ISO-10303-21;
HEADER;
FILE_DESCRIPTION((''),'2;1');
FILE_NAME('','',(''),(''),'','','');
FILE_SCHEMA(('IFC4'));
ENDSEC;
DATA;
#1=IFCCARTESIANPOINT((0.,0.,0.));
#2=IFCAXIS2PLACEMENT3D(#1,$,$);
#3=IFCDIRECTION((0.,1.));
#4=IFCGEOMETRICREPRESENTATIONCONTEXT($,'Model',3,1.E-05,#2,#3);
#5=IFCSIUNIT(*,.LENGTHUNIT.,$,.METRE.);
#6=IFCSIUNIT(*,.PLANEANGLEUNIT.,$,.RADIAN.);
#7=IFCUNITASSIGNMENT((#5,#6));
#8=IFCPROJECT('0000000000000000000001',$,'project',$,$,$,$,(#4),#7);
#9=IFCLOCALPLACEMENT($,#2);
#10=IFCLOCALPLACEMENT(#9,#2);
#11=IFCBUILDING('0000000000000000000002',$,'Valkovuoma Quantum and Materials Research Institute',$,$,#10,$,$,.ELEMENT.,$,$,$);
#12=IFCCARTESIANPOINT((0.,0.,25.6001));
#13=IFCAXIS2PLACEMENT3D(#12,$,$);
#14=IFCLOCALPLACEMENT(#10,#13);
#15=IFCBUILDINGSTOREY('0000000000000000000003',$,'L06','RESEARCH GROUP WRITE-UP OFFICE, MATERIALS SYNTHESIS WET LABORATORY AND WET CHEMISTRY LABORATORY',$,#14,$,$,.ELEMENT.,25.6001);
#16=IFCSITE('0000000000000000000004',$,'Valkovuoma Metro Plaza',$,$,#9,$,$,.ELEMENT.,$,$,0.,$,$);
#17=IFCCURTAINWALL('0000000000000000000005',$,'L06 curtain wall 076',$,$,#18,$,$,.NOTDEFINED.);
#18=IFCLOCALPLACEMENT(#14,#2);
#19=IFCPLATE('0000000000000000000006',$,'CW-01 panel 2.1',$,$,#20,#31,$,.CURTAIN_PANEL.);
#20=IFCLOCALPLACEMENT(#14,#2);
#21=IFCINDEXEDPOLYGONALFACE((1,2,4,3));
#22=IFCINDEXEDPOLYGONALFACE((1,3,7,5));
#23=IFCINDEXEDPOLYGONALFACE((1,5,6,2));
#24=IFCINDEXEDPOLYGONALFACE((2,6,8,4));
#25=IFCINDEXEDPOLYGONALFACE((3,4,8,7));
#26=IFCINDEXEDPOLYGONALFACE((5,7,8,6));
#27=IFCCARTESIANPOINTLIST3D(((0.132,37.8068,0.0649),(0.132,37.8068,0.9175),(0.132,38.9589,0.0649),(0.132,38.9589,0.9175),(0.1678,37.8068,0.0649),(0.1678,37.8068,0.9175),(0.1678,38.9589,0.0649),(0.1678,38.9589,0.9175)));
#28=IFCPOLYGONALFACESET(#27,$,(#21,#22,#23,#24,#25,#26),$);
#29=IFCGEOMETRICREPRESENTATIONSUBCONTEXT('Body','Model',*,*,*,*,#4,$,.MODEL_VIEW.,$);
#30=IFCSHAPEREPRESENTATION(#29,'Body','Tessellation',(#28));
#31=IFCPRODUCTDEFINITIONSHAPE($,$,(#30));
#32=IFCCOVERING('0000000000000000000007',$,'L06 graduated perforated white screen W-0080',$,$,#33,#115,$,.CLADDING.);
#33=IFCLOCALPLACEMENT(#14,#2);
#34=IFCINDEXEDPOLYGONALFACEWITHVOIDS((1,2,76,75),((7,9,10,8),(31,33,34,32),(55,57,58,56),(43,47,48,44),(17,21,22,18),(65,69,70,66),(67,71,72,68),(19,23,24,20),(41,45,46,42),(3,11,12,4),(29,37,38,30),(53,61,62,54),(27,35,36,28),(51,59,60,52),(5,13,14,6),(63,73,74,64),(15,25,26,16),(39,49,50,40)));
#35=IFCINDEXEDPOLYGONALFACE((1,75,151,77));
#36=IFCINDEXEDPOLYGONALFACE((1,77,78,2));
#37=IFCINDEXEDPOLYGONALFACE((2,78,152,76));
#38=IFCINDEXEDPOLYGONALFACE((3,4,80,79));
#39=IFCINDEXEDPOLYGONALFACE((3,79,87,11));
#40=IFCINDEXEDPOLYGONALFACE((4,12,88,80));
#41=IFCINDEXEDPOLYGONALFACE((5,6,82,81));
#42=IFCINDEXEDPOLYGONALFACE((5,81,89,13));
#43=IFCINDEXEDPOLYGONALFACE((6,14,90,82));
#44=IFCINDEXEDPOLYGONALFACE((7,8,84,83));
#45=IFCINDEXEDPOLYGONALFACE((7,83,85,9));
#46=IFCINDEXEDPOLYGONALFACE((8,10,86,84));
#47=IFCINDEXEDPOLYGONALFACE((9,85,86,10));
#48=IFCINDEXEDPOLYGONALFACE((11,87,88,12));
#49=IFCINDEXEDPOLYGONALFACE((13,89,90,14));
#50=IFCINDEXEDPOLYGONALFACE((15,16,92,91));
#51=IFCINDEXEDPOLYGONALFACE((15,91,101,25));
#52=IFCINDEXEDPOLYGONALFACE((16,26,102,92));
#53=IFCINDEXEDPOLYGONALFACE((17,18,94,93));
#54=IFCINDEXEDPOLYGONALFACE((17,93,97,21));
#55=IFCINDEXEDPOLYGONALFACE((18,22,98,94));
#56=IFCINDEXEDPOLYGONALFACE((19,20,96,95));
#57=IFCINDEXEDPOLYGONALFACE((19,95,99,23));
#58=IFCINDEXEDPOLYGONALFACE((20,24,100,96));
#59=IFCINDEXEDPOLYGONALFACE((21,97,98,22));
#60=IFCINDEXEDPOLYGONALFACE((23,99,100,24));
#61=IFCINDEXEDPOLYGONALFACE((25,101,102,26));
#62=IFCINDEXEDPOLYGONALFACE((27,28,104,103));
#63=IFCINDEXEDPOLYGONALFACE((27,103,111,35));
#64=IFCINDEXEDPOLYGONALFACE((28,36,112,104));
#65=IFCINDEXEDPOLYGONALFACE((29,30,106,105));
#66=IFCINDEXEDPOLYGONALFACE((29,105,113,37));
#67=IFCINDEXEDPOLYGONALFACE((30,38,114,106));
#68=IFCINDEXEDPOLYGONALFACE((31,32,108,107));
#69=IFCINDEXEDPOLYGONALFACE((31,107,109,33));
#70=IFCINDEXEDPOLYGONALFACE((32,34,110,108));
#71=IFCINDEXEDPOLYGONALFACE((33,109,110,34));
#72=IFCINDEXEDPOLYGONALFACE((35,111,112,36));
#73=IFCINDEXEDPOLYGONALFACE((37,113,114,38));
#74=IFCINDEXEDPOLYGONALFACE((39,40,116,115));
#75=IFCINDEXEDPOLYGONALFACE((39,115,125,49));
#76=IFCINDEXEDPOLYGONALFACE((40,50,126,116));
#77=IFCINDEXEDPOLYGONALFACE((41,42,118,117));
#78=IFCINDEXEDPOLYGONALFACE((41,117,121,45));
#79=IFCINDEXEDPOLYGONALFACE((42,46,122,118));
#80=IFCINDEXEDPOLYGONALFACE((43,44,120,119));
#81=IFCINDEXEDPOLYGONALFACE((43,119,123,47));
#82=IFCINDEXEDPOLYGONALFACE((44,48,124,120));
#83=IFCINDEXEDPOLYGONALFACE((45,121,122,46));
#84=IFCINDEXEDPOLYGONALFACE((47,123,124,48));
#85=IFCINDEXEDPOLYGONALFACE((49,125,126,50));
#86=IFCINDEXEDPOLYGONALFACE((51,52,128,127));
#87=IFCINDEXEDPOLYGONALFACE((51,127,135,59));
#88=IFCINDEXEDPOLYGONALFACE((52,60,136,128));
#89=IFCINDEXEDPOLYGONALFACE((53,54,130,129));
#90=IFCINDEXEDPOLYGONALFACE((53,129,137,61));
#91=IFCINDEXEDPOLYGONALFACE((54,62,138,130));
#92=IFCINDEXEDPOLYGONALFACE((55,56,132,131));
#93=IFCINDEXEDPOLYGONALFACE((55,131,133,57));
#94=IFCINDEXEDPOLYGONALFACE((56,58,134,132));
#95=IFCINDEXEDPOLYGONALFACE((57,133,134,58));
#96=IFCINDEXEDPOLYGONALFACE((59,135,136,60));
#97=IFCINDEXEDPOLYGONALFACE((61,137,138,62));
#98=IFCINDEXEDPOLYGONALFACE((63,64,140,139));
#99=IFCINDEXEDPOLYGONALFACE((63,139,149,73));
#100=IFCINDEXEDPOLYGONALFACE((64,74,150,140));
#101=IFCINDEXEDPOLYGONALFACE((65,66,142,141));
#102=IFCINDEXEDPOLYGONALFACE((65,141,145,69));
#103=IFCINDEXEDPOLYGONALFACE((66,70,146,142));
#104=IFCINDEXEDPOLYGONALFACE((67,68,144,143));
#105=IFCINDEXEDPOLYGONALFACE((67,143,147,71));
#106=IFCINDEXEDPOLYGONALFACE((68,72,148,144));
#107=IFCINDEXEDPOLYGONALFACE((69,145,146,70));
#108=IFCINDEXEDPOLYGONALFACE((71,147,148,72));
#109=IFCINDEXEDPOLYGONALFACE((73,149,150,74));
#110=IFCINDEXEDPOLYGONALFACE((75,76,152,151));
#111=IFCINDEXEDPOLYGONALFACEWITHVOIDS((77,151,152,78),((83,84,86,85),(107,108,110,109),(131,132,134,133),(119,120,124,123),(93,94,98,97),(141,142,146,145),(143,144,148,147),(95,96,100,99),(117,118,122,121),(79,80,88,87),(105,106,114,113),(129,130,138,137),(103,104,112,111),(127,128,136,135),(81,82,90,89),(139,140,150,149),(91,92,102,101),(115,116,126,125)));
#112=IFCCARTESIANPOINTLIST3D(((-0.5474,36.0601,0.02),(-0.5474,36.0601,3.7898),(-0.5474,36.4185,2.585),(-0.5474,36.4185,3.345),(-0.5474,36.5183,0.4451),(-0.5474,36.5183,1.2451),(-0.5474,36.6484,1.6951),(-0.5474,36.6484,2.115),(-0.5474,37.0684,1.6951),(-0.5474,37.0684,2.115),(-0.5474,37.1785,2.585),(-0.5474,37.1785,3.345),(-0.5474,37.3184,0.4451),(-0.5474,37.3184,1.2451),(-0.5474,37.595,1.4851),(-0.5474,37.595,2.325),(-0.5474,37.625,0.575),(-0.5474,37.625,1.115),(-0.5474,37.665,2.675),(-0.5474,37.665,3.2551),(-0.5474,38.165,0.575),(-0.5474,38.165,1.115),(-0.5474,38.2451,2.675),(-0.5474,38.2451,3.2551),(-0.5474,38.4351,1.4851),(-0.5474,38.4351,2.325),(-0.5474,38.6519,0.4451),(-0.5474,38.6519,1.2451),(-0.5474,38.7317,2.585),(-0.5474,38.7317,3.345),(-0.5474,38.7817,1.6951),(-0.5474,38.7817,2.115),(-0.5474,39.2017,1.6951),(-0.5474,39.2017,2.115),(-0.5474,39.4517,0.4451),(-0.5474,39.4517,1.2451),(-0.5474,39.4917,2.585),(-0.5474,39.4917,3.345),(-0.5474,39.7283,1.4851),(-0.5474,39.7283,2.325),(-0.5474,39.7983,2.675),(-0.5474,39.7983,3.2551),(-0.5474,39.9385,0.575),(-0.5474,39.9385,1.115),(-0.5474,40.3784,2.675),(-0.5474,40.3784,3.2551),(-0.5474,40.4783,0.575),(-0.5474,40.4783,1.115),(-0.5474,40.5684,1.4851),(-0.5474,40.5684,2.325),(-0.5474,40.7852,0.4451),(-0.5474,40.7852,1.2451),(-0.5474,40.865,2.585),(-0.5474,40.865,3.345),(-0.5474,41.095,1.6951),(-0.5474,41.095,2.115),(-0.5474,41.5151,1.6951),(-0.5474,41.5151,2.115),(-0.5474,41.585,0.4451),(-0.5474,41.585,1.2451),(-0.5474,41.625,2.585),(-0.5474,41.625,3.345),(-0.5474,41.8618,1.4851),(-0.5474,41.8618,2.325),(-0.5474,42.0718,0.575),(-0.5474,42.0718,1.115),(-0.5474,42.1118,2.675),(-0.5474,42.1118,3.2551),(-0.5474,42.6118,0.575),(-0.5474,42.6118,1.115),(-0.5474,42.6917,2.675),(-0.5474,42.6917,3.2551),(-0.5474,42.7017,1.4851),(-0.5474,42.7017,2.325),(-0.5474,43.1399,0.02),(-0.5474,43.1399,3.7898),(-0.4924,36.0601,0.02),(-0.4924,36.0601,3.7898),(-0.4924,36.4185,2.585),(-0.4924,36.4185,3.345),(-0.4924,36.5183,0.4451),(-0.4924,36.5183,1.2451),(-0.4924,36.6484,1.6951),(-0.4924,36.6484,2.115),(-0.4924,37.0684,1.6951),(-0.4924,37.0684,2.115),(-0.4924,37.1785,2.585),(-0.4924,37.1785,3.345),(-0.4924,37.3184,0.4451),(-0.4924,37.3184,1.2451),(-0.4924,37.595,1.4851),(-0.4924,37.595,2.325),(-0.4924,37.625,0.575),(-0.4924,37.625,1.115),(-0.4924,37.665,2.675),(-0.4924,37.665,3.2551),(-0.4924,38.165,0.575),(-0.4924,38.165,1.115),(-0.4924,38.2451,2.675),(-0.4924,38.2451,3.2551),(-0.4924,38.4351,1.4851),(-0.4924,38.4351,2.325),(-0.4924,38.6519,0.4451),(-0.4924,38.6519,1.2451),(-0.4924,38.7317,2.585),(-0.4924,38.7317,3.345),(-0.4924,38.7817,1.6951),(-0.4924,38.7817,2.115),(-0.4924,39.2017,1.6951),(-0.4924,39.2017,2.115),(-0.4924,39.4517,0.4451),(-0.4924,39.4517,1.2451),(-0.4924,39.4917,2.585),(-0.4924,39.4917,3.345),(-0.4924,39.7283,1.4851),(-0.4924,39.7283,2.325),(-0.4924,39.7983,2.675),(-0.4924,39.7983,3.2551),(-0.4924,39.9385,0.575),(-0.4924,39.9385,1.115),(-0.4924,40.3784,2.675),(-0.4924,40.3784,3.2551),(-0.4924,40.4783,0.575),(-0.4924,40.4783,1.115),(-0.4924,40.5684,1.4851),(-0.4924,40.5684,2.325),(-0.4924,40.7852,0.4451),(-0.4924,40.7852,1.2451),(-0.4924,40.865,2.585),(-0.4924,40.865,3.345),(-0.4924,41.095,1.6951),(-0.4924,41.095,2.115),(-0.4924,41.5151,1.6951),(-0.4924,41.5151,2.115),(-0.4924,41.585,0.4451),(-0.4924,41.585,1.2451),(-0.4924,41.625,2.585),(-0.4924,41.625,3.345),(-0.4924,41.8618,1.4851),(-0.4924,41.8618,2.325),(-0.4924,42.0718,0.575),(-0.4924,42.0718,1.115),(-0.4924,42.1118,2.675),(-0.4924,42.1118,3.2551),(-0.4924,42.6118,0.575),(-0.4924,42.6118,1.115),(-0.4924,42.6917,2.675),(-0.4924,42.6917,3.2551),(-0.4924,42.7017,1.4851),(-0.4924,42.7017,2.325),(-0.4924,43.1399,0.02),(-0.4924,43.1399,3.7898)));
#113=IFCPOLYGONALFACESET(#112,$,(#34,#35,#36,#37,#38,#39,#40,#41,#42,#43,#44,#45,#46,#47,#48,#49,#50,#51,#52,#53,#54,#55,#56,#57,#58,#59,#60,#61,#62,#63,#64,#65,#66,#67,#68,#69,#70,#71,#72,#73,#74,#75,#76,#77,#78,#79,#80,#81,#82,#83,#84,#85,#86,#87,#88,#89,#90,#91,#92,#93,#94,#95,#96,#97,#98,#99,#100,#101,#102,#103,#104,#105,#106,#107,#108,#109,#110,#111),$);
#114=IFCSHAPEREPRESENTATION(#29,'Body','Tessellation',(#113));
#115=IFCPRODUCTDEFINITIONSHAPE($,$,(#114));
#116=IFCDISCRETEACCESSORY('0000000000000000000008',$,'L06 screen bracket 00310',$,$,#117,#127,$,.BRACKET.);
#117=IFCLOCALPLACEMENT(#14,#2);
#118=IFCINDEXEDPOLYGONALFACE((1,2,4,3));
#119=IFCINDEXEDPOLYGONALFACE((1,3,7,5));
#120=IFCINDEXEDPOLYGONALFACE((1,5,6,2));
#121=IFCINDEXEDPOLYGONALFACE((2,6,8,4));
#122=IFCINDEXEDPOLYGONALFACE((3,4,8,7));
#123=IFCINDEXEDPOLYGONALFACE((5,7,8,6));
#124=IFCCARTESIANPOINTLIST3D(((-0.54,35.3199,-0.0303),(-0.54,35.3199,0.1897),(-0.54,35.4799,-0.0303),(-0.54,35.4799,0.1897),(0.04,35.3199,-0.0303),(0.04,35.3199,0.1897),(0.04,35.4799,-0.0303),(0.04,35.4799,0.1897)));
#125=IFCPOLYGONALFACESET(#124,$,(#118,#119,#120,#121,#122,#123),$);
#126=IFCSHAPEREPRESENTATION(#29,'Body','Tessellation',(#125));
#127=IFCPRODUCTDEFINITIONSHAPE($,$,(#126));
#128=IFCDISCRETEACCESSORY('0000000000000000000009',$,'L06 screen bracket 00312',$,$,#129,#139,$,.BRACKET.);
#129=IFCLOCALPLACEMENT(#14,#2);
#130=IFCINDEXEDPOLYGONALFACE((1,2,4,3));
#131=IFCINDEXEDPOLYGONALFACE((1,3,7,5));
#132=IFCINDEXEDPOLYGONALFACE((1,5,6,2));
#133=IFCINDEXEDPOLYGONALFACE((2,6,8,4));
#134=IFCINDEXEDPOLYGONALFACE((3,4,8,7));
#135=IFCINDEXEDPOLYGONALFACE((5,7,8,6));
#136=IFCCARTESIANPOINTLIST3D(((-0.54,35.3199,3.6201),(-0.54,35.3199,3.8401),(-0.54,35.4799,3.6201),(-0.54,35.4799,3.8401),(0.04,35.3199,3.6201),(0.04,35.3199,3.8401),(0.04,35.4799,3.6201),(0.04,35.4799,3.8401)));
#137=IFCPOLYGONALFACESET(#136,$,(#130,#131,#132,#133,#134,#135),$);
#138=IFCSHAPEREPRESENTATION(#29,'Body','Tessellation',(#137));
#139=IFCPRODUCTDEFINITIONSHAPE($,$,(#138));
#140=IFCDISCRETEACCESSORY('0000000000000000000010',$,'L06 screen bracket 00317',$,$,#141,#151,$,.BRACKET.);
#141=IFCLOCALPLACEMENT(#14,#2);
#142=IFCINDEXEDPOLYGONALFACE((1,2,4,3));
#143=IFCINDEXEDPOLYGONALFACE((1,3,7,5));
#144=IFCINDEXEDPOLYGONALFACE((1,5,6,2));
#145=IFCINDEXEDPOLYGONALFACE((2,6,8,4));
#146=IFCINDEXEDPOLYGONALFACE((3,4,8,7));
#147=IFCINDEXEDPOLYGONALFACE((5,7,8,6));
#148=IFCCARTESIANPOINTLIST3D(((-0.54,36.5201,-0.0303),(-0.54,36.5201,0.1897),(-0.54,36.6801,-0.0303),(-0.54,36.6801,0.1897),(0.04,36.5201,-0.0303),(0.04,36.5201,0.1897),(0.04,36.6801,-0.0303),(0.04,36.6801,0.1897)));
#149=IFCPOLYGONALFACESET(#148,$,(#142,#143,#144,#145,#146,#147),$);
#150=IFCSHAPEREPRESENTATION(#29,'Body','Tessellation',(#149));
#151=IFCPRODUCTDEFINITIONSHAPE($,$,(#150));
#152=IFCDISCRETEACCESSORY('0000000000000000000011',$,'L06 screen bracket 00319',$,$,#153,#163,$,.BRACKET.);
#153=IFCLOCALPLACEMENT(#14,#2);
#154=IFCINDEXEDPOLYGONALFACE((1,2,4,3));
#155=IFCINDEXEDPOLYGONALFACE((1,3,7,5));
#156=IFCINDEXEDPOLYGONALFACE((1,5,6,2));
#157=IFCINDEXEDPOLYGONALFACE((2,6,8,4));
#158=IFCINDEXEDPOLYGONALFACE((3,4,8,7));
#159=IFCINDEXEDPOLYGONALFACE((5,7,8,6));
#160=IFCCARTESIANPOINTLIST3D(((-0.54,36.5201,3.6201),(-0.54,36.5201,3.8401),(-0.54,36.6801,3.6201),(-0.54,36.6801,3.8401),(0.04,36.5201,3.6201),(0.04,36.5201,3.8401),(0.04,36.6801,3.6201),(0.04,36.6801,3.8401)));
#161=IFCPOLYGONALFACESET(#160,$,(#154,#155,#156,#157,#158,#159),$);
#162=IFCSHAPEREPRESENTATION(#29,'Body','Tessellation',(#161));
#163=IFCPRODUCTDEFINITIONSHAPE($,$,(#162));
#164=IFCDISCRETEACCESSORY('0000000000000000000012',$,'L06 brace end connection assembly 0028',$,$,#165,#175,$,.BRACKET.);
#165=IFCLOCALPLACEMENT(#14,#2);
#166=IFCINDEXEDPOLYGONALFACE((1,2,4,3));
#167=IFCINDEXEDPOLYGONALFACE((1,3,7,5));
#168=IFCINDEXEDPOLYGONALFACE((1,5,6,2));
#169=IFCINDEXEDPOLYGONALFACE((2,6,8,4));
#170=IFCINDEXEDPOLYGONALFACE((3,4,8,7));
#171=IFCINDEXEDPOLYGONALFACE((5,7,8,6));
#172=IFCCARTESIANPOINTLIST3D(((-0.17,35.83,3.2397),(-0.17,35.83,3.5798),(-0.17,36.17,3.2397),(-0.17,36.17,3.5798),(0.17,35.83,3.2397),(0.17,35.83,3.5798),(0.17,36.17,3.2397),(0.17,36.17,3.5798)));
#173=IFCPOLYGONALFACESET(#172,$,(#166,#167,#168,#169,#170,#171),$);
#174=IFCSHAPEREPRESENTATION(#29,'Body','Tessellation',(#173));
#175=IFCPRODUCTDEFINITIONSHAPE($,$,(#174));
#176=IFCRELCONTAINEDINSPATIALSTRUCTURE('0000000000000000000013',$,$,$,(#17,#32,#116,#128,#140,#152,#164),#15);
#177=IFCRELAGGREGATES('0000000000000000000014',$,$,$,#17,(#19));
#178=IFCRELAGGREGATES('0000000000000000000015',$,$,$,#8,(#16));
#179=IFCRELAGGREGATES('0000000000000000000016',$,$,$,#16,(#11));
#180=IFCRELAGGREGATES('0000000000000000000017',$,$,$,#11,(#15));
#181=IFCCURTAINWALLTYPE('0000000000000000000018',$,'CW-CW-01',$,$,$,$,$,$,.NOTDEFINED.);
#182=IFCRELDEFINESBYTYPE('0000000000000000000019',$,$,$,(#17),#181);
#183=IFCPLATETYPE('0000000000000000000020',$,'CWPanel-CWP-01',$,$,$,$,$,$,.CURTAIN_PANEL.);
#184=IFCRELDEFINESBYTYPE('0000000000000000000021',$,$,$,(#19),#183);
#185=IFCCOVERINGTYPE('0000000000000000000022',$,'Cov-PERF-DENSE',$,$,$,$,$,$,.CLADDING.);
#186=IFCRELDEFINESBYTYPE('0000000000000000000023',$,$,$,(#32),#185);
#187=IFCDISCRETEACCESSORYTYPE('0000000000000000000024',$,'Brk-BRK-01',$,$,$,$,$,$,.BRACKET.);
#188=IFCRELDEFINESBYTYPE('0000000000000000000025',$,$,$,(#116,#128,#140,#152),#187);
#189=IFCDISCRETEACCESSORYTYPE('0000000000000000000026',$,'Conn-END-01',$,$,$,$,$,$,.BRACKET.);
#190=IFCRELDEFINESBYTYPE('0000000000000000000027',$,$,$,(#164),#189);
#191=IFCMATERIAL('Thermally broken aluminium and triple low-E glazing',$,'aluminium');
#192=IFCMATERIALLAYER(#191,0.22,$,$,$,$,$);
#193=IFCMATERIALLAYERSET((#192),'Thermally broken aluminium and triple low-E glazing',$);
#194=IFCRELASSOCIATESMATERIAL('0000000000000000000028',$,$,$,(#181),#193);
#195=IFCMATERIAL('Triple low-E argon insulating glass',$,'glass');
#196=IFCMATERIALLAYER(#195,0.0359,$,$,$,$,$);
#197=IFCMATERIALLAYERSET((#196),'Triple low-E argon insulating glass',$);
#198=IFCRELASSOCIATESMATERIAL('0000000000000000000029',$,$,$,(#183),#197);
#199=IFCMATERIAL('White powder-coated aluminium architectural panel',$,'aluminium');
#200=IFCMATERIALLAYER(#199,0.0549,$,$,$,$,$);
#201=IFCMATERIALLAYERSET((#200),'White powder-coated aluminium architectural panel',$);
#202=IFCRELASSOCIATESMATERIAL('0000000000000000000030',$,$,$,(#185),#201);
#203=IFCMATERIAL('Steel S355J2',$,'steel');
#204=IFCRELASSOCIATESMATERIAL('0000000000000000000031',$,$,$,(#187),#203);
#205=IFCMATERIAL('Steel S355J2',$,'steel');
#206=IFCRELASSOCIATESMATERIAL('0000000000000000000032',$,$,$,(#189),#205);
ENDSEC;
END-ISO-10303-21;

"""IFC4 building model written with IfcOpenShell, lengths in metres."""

from ifc_helpers import new_model, si_unit, direction, frame, origin, origin_2d, place, context, subcontext, project, spatial, polyline, rectangle, outline, extrude, material, layer, layer_set, type_object, element, aggregate, save


model = new_model("IFC4")

# Units and contexts
model_context = context("Model", 3, precision=1e-05, world=origin(), true_north=direction((0.0, 1.0)))
body_context = subcontext(model_context, "Body", "Model", "MODEL_VIEW")
ifc_project = project(units=[si_unit("LENGTHUNIT", "METRE"), si_unit("PLANEANGLEUNIT", "RADIAN")], contexts=[model_context])

# Site, building, storey
site_placement = place(None, origin())
site = spatial("IfcSite", under=ifc_project, at=site_placement, Name="Valkovuoma Metro Plaza", CompositionType="ELEMENT", RefElevation=0.0)
building_placement = place(site_placement, origin())
building = spatial("IfcBuilding", under=site, at=building_placement, Name="Valkovuoma Quantum and Materials Research Institute", CompositionType="ELEMENT")
storey_placement = place(building_placement, frame((0.0, 0.0, 25.6001)))
storey = spatial("IfcBuildingStorey", under=building, at=storey_placement, Name="L06", Description="RESEARCH GROUP WRITE-UP OFFICE, MATERIALS SYNTHESIS WET LABORATORY AND WET CHEMISTRY LABORATORY", CompositionType="ELEMENT", Elevation=25.6001)

# Curtain wall, plate
ifc_material_1 = material(Name="Thermally broken aluminium and triple low-E glazing", Category="aluminium")
ifc_layer_1 = layer(ifc_material_1, 0.22)
ifc_layer_set_1 = layer_set([ifc_layer_1], Name="Thermally broken aluminium and triple low-E glazing")
curtain_wall_type = type_object("IfcCurtainWallType", Name="CW-CW-01", PredefinedType="NOTDEFINED", material=ifc_layer_set_1)
curtain_wall_placement = place(storey_placement, origin())
curtain_wall = element("IfcCurtainWall", 1, at=curtain_wall_placement, inside=storey, type_object=curtain_wall_type, Name="L06 curtain wall 076", PredefinedType="NOTDEFINED")
ifc_material_2 = material(Name="Triple low-E argon insulating glass", Category="glass")
ifc_layer_2 = layer(ifc_material_2, 0.0359)
ifc_layer_set_2 = layer_set([ifc_layer_2], Name="Triple low-E argon insulating glass")
plate_type = type_object("IfcPlateType", Name="CWPanel-CWP-01", PredefinedType="CURTAIN_PANEL", material=ifc_layer_set_2)
plate_1_placement = place(storey_placement, frame((0.1499, 38.3828, 0.0649), z_axis=(0.0, 0.0, 1.0), x_axis=(0.0, 1.0, 0.0)))
plate_1 = element("IfcPlate", 2, at=plate_1_placement, type_object=plate_type, Name="CW-01 panel 2.1", PredefinedType="CURTAIN_PANEL", context=body_context, shape_type="SweptSolid", body=[
    extrude(rectangle(XDim=1.1521, YDim=0.0359, at=origin_2d()), origin(), (0.0, 0.0, 1.0), 0.8525),
])
aggregate(curtain_wall, [plate_1])

# Covering
ifc_material_3 = material(Name="White powder-coated aluminium architectural panel", Category="aluminium")
ifc_layer_3 = layer(ifc_material_3, 0.0549)
ifc_layer_set_3 = layer_set([ifc_layer_3], Name="White powder-coated aluminium architectural panel")
covering_type = type_object("IfcCoveringType", Name="Cov-PERF-DENSE", PredefinedType="CLADDING", material=ifc_layer_set_3)
covering_placement = place(storey_placement, frame((-0.52, 36.0601, 0.02), z_axis=(0.0, 0.0, 1.0), x_axis=(0.0, 1.0, 0.0)))
element("IfcCovering", 3, at=covering_placement, inside=storey, type_object=covering_type, Name="L06 graduated perforated white screen W-0080", PredefinedType="CLADDING", context=body_context, shape_type="SweptSolid", body=[
    extrude(outline(polyline([(0.0, 0.0), (7.0798, 0.0), (7.0798, 3.7698), (0.0, 3.7698), (0.0, 0.0)]), holes=[polyline([(0.4583, 0.425), (0.4583, 1.2251), (1.2583, 1.2251), (1.2583, 0.425), (0.4583, 0.425)]), polyline([(0.5884, 1.675), (0.5884, 2.095), (1.0083, 2.095), (1.0083, 1.675), (0.5884, 1.675)]), polyline([(0.3584, 2.5649), (0.3584, 3.325), (1.1184, 3.325), (1.1184, 2.5649), (0.3584, 2.5649)]), polyline([(1.5649, 0.5549), (1.5649, 1.095), (2.105, 1.095), (2.105, 0.5549), (1.5649, 0.5549)]), polyline([(1.5349, 1.4651), (1.5349, 2.3049), (2.375, 2.3049), (2.375, 1.4651), (1.5349, 1.4651)]), polyline([(1.605, 2.655), (1.605, 3.2351), (2.1851, 3.2351), (2.1851, 2.655), (1.605, 2.655)]), polyline([(2.5918, 0.425), (2.5918, 1.2251), (3.3916, 1.2251), (3.3916, 0.425), (2.5918, 0.425)]), polyline([(2.7217, 1.675), (2.7217, 2.095), (3.1416, 2.095), (3.1416, 1.675), (2.7217, 1.675)]), polyline([(2.6716, 2.5649), (2.6716, 3.325), (3.4316, 3.325), (3.4316, 2.5649), (2.6716, 2.5649)]), polyline([(3.8784, 0.5549), (3.8784, 1.095), (4.4182, 1.095), (4.4182, 0.5549), (3.8784, 0.5549)]), polyline([(3.6682, 1.4651), (3.6682, 2.3049), (4.5083, 2.3049), (4.5083, 1.4651), (3.6682, 1.4651)]), polyline([(3.7383, 2.655), (3.7383, 3.2351), (4.3184, 3.2351), (4.3184, 2.655), (3.7383, 2.655)]), polyline([(4.7251, 0.425), (4.7251, 1.2251), (5.5249, 1.2251), (5.5249, 0.425), (4.7251, 0.425)]), polyline([(5.0349, 1.675), (5.0349, 2.095), (5.4551, 2.095), (5.4551, 1.675), (5.0349, 1.675)]), polyline([(4.8049, 2.5649), (4.8049, 3.325), (5.5649, 3.325), (5.5649, 2.5649), (4.8049, 2.5649)]), polyline([(6.0117, 0.5549), (6.0117, 1.095), (6.5518, 1.095), (6.5518, 0.5549), (6.0117, 0.5549)]), polyline([(5.8018, 1.4651), (5.8018, 2.3049), (6.6416, 2.3049), (6.6416, 1.4651), (5.8018, 1.4651)]), polyline([(6.0518, 2.655), (6.0518, 3.2351), (6.6316, 3.2351), (6.6316, 2.655), (6.0518, 2.655)])]), frame((0.0, 0.0273, 0.0), z_axis=(0.0, -1.0, 0.0), x_axis=(1.0, 0.0, 0.0)), (0.0, 0.0, 1.0), 0.0549),
])

# Discrete accessories
ifc_material_4 = material(Name="Steel S355J2", Category="steel")
discrete_accessory_type_1 = type_object("IfcDiscreteAccessoryType", Name="Brk-BRK-01", PredefinedType="BRACKET", material=ifc_material_4)
for number, where, z_axis, x_axis, name in (
    (4, (-0.25, 35.3999, -0.0303), (0.0, 0.0, 1.0), (1.0, 0.0, 0.0), "L06 screen bracket 00310"),
    (5, (-0.25, 35.3999, 3.6201), (0.0, 0.0, 1.0), (1.0, 0.0, 0.0), "L06 screen bracket 00312"),
    (6, (-0.25, 36.6001, -0.0303), (0.0, 0.0, 1.0), (1.0, 0.0, 0.0), "L06 screen bracket 00317"),
    (7, (-0.25, 36.6001, 3.6201), (0.0, 0.0, 1.0), (1.0, 0.0, 0.0), "L06 screen bracket 00319"),
):
    element("IfcDiscreteAccessory", number, at=place(storey_placement, frame(where, z_axis=z_axis, x_axis=x_axis)), inside=storey, type_object=discrete_accessory_type_1, Name=name, PredefinedType="BRACKET", context=body_context, shape_type="SweptSolid", body=[
        extrude(rectangle(XDim=0.5801, YDim=0.1599, at=origin_2d()), origin(), (0.0, 0.0, 1.0), 0.22),
    ])
ifc_material_5 = material(Name="Steel S355J2", Category="steel")
discrete_accessory_type_2 = type_object("IfcDiscreteAccessoryType", Name="Conn-END-01", PredefinedType="BRACKET", material=ifc_material_5)
discrete_accessory_placement = place(storey_placement, frame((0.0, 36.0, 3.2397), z_axis=(0.0, 0.0, 1.0), x_axis=(1.0, 0.0, 0.0)))
element("IfcDiscreteAccessory", 8, at=discrete_accessory_placement, inside=storey, type_object=discrete_accessory_type_2, Name="L06 brace end connection assembly 0028", PredefinedType="BRACKET", context=body_context, shape_type="SweptSolid", body=[
    extrude(rectangle(XDim=0.3401, YDim=0.3401, at=origin_2d()), origin(), (0.0, 0.0, 1.0), 0.3401),
])

save(model, "model.ifc")
